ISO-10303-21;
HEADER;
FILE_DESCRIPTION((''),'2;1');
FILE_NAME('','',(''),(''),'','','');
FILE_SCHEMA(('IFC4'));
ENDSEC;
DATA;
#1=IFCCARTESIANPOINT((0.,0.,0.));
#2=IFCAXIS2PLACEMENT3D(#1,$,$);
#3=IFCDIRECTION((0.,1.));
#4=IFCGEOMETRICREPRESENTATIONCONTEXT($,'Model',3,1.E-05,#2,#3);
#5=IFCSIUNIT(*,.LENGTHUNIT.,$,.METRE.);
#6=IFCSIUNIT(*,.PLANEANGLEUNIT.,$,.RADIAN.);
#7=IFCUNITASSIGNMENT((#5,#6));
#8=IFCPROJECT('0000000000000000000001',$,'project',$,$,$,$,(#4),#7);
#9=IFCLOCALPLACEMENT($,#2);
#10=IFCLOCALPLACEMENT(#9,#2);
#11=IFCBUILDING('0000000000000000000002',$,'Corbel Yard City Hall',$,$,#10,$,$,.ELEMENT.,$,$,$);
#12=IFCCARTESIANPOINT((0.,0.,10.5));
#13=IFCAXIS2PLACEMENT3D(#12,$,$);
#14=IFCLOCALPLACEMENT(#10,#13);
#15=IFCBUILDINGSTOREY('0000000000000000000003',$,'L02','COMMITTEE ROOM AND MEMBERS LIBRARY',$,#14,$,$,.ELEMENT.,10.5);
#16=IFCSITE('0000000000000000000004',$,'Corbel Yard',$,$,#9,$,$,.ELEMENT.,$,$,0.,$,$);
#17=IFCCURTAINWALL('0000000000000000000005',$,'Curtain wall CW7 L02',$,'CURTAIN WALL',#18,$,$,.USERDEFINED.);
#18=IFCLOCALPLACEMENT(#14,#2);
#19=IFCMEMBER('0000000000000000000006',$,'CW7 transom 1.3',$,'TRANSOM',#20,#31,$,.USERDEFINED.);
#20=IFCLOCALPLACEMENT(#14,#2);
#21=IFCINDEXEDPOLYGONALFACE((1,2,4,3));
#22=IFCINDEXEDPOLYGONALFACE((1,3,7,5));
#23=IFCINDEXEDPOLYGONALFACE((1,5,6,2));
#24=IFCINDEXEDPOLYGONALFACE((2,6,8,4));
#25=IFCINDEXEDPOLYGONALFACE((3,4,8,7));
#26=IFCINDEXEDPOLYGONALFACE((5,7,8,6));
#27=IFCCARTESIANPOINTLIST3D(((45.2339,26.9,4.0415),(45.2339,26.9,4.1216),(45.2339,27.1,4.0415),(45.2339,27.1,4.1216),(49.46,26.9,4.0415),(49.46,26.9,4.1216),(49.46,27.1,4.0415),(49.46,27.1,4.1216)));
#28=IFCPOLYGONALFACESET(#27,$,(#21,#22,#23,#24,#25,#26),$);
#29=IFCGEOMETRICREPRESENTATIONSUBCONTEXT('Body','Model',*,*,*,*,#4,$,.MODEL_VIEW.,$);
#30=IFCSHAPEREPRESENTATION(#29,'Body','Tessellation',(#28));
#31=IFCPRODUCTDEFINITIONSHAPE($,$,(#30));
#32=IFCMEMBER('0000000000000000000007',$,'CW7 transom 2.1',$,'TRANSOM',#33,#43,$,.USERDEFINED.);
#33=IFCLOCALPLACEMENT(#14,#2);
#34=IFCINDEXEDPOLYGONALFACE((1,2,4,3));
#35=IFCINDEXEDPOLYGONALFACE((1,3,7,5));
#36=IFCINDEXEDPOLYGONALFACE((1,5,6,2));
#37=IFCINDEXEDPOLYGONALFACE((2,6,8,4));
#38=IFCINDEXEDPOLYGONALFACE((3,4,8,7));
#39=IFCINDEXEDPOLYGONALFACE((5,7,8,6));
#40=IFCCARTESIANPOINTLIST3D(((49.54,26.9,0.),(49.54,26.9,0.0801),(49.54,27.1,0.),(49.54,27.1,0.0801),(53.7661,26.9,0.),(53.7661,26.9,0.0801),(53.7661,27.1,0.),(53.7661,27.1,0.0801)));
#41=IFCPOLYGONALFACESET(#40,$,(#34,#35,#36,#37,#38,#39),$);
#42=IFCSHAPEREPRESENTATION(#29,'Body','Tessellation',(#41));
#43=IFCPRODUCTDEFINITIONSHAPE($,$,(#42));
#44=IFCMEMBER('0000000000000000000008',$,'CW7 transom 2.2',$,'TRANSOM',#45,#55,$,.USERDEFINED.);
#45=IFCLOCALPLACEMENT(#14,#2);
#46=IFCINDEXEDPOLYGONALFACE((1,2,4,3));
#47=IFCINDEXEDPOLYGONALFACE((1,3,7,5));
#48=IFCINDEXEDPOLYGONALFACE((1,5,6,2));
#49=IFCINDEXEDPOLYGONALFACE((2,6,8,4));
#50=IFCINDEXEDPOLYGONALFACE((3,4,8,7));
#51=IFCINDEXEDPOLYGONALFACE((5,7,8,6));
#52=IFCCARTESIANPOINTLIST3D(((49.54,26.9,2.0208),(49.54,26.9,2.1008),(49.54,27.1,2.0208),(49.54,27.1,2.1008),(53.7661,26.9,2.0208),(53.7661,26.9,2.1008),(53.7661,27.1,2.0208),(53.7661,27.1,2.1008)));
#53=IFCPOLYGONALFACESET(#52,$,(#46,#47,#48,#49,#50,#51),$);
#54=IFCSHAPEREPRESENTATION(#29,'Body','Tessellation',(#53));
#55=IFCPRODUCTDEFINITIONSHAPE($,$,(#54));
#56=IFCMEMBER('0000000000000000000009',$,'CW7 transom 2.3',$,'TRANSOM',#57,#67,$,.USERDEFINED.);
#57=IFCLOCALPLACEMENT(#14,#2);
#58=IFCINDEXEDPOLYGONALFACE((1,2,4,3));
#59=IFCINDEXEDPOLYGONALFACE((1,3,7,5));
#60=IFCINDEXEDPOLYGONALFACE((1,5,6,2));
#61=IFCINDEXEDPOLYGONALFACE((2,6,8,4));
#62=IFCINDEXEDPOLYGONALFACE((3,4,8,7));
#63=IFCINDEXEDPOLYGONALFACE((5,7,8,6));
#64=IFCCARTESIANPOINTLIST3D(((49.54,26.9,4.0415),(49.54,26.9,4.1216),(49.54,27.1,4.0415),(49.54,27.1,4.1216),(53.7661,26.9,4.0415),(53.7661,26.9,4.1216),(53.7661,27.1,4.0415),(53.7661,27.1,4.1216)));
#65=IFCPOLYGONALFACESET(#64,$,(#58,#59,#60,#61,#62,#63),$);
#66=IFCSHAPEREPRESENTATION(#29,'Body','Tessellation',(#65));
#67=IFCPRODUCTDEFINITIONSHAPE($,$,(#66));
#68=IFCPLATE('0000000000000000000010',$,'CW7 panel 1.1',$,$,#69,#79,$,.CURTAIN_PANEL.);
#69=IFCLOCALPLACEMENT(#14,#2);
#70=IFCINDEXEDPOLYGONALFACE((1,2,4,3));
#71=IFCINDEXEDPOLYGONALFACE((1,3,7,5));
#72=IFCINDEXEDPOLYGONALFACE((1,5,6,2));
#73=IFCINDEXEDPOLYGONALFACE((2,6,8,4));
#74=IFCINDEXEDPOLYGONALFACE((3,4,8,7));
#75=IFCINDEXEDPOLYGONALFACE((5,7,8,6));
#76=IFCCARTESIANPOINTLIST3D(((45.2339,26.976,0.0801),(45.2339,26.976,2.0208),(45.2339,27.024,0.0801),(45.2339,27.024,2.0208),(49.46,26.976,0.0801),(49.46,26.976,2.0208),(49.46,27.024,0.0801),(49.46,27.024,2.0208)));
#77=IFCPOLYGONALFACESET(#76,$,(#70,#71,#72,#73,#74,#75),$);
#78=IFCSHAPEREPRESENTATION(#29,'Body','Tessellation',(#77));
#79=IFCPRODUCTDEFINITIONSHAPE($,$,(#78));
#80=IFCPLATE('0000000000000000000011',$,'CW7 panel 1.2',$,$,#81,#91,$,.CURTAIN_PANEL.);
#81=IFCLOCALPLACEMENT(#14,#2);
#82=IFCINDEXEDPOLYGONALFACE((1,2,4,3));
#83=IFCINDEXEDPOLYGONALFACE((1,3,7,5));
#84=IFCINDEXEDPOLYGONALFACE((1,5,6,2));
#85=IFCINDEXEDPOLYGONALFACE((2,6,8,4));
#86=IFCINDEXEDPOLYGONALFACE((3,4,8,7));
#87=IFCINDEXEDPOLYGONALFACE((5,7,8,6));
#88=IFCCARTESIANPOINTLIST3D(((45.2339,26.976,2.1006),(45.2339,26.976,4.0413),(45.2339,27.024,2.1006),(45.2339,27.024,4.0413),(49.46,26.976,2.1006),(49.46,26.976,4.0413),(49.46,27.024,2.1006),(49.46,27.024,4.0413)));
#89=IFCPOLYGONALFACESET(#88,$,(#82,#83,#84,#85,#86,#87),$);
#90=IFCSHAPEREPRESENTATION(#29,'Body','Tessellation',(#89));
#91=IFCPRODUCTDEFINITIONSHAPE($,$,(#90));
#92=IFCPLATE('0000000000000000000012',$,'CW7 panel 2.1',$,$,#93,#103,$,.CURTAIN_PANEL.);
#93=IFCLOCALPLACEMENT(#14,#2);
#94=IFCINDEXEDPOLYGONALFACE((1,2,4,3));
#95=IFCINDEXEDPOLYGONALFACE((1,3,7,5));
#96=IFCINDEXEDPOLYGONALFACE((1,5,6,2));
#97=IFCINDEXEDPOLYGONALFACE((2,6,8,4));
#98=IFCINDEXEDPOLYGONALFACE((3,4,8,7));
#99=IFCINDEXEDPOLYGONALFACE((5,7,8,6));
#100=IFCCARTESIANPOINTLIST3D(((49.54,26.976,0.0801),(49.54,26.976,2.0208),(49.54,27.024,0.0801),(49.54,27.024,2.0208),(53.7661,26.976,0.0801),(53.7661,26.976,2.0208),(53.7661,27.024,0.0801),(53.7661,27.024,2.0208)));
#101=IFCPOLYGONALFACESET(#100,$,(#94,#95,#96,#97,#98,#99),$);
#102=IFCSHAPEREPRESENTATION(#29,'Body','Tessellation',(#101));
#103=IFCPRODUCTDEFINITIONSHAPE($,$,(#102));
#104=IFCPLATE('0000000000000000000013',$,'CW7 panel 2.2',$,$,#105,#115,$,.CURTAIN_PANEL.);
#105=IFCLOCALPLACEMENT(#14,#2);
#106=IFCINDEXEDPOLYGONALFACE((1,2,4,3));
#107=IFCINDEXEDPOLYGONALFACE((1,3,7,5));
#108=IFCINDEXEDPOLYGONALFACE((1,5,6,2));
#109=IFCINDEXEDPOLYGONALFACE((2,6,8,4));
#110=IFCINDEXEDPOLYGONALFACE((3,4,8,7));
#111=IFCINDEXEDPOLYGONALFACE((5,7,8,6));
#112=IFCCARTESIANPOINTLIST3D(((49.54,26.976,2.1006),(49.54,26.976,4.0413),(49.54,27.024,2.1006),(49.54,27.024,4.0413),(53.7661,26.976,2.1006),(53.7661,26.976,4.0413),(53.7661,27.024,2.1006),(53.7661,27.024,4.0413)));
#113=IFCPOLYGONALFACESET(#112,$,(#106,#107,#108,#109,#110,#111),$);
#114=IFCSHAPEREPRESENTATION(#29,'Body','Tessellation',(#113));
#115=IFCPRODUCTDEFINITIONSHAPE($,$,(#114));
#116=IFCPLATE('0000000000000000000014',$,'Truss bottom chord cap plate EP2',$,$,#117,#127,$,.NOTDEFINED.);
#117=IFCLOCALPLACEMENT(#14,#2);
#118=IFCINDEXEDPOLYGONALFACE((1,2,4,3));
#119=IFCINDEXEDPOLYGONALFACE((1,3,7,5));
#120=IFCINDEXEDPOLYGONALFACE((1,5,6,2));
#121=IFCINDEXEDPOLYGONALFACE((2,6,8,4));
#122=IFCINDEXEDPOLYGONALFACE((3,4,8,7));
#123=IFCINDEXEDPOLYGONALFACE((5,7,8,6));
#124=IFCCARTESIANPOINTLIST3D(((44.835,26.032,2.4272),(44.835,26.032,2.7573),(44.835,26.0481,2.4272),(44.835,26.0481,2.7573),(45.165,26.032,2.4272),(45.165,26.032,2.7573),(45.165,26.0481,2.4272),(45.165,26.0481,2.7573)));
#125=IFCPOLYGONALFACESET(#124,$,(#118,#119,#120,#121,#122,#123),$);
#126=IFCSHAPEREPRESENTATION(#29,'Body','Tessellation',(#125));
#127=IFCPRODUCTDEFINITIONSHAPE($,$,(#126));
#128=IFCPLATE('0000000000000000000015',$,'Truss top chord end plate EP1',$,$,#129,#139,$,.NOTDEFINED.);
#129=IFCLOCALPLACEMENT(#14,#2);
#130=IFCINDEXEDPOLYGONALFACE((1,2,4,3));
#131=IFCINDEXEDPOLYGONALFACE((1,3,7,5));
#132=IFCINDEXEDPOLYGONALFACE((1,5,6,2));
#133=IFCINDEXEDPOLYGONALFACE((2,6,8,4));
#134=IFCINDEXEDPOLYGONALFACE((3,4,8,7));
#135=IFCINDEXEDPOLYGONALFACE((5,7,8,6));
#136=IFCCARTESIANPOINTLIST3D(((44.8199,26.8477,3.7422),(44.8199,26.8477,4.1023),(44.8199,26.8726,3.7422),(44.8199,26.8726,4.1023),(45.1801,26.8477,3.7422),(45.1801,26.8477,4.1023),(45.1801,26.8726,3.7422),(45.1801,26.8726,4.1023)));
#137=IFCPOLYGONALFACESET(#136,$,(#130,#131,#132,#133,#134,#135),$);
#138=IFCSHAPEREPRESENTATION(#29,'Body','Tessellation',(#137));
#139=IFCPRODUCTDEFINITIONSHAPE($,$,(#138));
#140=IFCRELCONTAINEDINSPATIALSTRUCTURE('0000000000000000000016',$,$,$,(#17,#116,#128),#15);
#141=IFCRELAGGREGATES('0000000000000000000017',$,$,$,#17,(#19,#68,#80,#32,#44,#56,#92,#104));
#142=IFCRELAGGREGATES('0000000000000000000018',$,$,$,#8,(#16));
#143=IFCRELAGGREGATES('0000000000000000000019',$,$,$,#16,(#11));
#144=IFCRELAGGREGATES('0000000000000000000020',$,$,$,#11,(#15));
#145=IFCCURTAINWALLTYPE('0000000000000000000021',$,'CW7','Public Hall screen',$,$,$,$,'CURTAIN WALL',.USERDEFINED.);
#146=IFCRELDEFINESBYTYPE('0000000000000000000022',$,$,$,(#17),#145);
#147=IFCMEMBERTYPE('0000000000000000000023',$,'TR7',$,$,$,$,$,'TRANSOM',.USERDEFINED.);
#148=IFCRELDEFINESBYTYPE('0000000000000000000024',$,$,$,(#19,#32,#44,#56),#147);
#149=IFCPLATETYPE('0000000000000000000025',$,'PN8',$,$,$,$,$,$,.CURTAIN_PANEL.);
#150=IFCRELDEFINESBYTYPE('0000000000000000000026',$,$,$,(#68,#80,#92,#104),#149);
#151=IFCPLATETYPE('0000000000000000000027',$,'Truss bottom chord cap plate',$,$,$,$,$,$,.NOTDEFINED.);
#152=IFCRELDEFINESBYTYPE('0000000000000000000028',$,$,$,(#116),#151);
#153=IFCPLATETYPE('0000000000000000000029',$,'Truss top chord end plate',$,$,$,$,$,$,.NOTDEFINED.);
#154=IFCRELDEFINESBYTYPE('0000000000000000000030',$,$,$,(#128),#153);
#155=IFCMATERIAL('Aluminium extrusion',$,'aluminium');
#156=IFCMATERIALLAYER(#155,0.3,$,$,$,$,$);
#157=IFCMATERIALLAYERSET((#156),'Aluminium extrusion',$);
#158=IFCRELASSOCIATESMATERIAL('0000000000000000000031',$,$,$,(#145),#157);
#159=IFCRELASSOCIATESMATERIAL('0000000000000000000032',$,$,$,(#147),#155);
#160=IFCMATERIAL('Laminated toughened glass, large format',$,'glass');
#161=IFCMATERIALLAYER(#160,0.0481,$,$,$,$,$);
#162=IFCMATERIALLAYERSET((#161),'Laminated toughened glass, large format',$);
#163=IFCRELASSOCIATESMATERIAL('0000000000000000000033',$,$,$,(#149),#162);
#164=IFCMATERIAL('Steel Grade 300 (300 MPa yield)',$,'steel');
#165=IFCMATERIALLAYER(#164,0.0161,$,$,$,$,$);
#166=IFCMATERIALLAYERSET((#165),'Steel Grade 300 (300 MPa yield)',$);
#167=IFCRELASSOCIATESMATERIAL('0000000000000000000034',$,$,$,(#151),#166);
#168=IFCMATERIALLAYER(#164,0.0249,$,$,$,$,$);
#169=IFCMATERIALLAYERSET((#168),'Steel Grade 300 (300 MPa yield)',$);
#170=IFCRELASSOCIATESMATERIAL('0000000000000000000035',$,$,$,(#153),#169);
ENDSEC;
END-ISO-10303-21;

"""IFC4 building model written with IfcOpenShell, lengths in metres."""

from ifc_helpers import new_model, si_unit, direction, frame, origin, origin_2d, place, context, subcontext, project, spatial, rectangle, extrude, material, layer, layer_set, material_profile, profile_set, type_object, element, aggregate, save


model = new_model("IFC4")

# Units and contexts
model_context = context("Model", 3, precision=1e-05, world=origin(), true_north=direction((0.0, 1.0)))
body_context = subcontext(model_context, "Body", "Model", "MODEL_VIEW")
ifc_project = project(units=[si_unit("LENGTHUNIT", "METRE"), si_unit("PLANEANGLEUNIT", "RADIAN")], contexts=[model_context])

# Site, building, storey
site_placement = place(None, origin())
site = spatial("IfcSite", under=ifc_project, at=site_placement, Name="Corbel Yard", CompositionType="ELEMENT", RefElevation=0.0)
building_placement = place(site_placement, origin())
building = spatial("IfcBuilding", under=site, at=building_placement, Name="Corbel Yard City Hall", CompositionType="ELEMENT")
storey_placement = place(building_placement, frame((0.0, 0.0, 10.5)))
storey = spatial("IfcBuildingStorey", under=building, at=storey_placement, Name="L02", Description="COMMITTEE ROOM AND MEMBERS LIBRARY", CompositionType="ELEMENT", Elevation=10.5)

# Shared definitions
ifc_material_1 = material(Name="Steel Grade 300 (300 MPa yield)", Category="steel")

# Curtain wall
ifc_material_2 = material(Name="Aluminium extrusion", Category="aluminium")
ifc_layer_1 = layer(ifc_material_2, 0.3)
ifc_layer_set_1 = layer_set([ifc_layer_1], Name="Aluminium extrusion")
curtain_wall_type = type_object("IfcCurtainWallType", Name="CW7", Description="Public Hall screen", ElementType="CURTAIN WALL", PredefinedType="USERDEFINED", material=ifc_layer_set_1)
curtain_wall_placement = place(storey_placement, origin())
curtain_wall = element("IfcCurtainWall", 1, at=curtain_wall_placement, inside=storey, type_object=curtain_wall_type, Name="Curtain wall CW7 L02", ObjectType="CURTAIN WALL", PredefinedType="USERDEFINED")

# Members
ifc_material_profile_1 = material_profile(ifc_material_2, rectangle(XDim=0.2, YDim=0.0801, at=origin_2d()), Name="200x80")
ifc_profile_set_1 = profile_set([ifc_material_profile_1], Name="Aluminium extrusion")
member_type_1 = type_object("IfcMemberType", Name="TR7", ElementType="TRANSOM", PredefinedType="USERDEFINED", material=ifc_profile_set_1)
member_1_placement = place(storey_placement, frame((45.2339, 27.0, 4.0815), z_axis=(1.0, 0.0, 0.0), x_axis=(0.0, 1.0, 0.0)))
member_1 = element("IfcMember", 2, at=member_1_placement, type_object=member_type_1, Name="CW7 transom 1.3", ObjectType="TRANSOM", PredefinedType="USERDEFINED", context=body_context, shape_type="SweptSolid", body=[
    extrude(rectangle(XDim=0.2, YDim=0.0801, at=origin_2d()), origin(), (0.0, 0.0, 1.0), 4.2261),
])
member_2_placement = place(storey_placement, frame((49.54, 27.0, 0.04), z_axis=(1.0, 0.0, 0.0), x_axis=(0.0, 1.0, 0.0)))
member_2 = element("IfcMember", 3, at=member_2_placement, type_object=member_type_1, Name="CW7 transom 2.1", ObjectType="TRANSOM", PredefinedType="USERDEFINED", context=body_context, shape_type="SweptSolid", body=[
    extrude(rectangle(XDim=0.2, YDim=0.0801, at=origin_2d()), origin(), (0.0, 0.0, 1.0), 4.2261),
])
member_3_placement = place(storey_placement, frame((49.54, 27.0, 2.0608), z_axis=(1.0, 0.0, 0.0), x_axis=(0.0, 1.0, 0.0)))
member_3 = element("IfcMember", 4, at=member_3_placement, type_object=member_type_1, Name="CW7 transom 2.2", ObjectType="TRANSOM", PredefinedType="USERDEFINED", context=body_context, shape_type="SweptSolid", body=[
    extrude(rectangle(XDim=0.2, YDim=0.0801, at=origin_2d()), origin(), (0.0, 0.0, 1.0), 4.2261),
])
member_4_placement = place(storey_placement, frame((49.54, 27.0, 4.0815), z_axis=(1.0, 0.0, 0.0), x_axis=(0.0, 1.0, 0.0)))
member_4 = element("IfcMember", 5, at=member_4_placement, type_object=member_type_1, Name="CW7 transom 2.3", ObjectType="TRANSOM", PredefinedType="USERDEFINED", context=body_context, shape_type="SweptSolid", body=[
    extrude(rectangle(XDim=0.2, YDim=0.0801, at=origin_2d()), origin(), (0.0, 0.0, 1.0), 4.2261),
])

# Plates
ifc_material_3 = material(Name="Laminated toughened glass, large format", Category="glass")
ifc_layer_2 = layer(ifc_material_3, 0.0481)
ifc_layer_set_2 = layer_set([ifc_layer_2], Name="Laminated toughened glass, large format")
plate_type_1 = type_object("IfcPlateType", Name="PN8", PredefinedType="CURTAIN_PANEL", material=ifc_layer_set_2)
plate_1_placement = place(storey_placement, frame((47.3469, 27.0, 0.0801), z_axis=(0.0, 0.0, 1.0), x_axis=(1.0, 0.0, 0.0)))
plate_1 = element("IfcPlate", 6, at=plate_1_placement, type_object=plate_type_1, Name="CW7 panel 1.1", PredefinedType="CURTAIN_PANEL", context=body_context, shape_type="SweptSolid", body=[
    extrude(rectangle(XDim=4.2261, YDim=0.0481, at=origin_2d()), origin(), (0.0, 0.0, 1.0), 1.9407),
])
plate_2_placement = place(storey_placement, frame((47.3469, 27.0, 2.1006), z_axis=(0.0, 0.0, 1.0), x_axis=(1.0, 0.0, 0.0)))
plate_2 = element("IfcPlate", 7, at=plate_2_placement, type_object=plate_type_1, Name="CW7 panel 1.2", PredefinedType="CURTAIN_PANEL", context=body_context, shape_type="SweptSolid", body=[
    extrude(rectangle(XDim=4.2261, YDim=0.0481, at=origin_2d()), origin(), (0.0, 0.0, 1.0), 1.9407),
])
plate_3_placement = place(storey_placement, frame((51.6531, 27.0, 0.0801), z_axis=(0.0, 0.0, 1.0), x_axis=(1.0, 0.0, 0.0)))
plate_3 = element("IfcPlate", 8, at=plate_3_placement, type_object=plate_type_1, Name="CW7 panel 2.1", PredefinedType="CURTAIN_PANEL", context=body_context, shape_type="SweptSolid", body=[
    extrude(rectangle(XDim=4.2261, YDim=0.0481, at=origin_2d()), origin(), (0.0, 0.0, 1.0), 1.9407),
])
plate_4_placement = place(storey_placement, frame((51.6531, 27.0, 2.1006), z_axis=(0.0, 0.0, 1.0), x_axis=(1.0, 0.0, 0.0)))
plate_4 = element("IfcPlate", 9, at=plate_4_placement, type_object=plate_type_1, Name="CW7 panel 2.2", PredefinedType="CURTAIN_PANEL", context=body_context, shape_type="SweptSolid", body=[
    extrude(rectangle(XDim=4.2261, YDim=0.0481, at=origin_2d()), origin(), (0.0, 0.0, 1.0), 1.9407),
])
aggregate(curtain_wall, [member_1, plate_1, plate_2, member_2, member_3, member_4, plate_3, plate_4])

# Plates
ifc_layer_3 = layer(ifc_material_1, 0.0161)
ifc_layer_set_3 = layer_set([ifc_layer_3], Name="Steel Grade 300 (300 MPa yield)")
plate_type_2 = type_object("IfcPlateType", Name="Truss bottom chord cap plate", PredefinedType="NOTDEFINED", material=ifc_layer_set_3)
plate_5_placement = place(storey_placement, frame((45.0, 26.04, 2.4272), z_axis=(0.0, 0.0, 1.0), x_axis=(1.0, 0.0, 0.0)))
element("IfcPlate", 10, at=plate_5_placement, inside=storey, type_object=plate_type_2, Name="Truss bottom chord cap plate EP2", PredefinedType="NOTDEFINED", context=body_context, shape_type="SweptSolid", body=[
    extrude(rectangle(XDim=0.3301, YDim=0.0161, at=origin_2d()), origin(), (0.0, 0.0, 1.0), 0.3301),
])
ifc_layer_4 = layer(ifc_material_1, 0.0249)
ifc_layer_set_4 = layer_set([ifc_layer_4], Name="Steel Grade 300 (300 MPa yield)")
plate_type_3 = type_object("IfcPlateType", Name="Truss top chord end plate", PredefinedType="NOTDEFINED", material=ifc_layer_set_4)
plate_6_placement = place(storey_placement, frame((45.0, 26.8601, 3.7422), z_axis=(0.0, 0.0, 1.0), x_axis=(1.0, 0.0, 0.0)))
element("IfcPlate", 11, at=plate_6_placement, inside=storey, type_object=plate_type_3, Name="Truss top chord end plate EP1", PredefinedType="NOTDEFINED", context=body_context, shape_type="SweptSolid", body=[
    extrude(rectangle(XDim=0.3601, YDim=0.0249, at=origin_2d()), origin(), (0.0, 0.0, 1.0), 0.3601),
])

save(model, "model.ifc")
